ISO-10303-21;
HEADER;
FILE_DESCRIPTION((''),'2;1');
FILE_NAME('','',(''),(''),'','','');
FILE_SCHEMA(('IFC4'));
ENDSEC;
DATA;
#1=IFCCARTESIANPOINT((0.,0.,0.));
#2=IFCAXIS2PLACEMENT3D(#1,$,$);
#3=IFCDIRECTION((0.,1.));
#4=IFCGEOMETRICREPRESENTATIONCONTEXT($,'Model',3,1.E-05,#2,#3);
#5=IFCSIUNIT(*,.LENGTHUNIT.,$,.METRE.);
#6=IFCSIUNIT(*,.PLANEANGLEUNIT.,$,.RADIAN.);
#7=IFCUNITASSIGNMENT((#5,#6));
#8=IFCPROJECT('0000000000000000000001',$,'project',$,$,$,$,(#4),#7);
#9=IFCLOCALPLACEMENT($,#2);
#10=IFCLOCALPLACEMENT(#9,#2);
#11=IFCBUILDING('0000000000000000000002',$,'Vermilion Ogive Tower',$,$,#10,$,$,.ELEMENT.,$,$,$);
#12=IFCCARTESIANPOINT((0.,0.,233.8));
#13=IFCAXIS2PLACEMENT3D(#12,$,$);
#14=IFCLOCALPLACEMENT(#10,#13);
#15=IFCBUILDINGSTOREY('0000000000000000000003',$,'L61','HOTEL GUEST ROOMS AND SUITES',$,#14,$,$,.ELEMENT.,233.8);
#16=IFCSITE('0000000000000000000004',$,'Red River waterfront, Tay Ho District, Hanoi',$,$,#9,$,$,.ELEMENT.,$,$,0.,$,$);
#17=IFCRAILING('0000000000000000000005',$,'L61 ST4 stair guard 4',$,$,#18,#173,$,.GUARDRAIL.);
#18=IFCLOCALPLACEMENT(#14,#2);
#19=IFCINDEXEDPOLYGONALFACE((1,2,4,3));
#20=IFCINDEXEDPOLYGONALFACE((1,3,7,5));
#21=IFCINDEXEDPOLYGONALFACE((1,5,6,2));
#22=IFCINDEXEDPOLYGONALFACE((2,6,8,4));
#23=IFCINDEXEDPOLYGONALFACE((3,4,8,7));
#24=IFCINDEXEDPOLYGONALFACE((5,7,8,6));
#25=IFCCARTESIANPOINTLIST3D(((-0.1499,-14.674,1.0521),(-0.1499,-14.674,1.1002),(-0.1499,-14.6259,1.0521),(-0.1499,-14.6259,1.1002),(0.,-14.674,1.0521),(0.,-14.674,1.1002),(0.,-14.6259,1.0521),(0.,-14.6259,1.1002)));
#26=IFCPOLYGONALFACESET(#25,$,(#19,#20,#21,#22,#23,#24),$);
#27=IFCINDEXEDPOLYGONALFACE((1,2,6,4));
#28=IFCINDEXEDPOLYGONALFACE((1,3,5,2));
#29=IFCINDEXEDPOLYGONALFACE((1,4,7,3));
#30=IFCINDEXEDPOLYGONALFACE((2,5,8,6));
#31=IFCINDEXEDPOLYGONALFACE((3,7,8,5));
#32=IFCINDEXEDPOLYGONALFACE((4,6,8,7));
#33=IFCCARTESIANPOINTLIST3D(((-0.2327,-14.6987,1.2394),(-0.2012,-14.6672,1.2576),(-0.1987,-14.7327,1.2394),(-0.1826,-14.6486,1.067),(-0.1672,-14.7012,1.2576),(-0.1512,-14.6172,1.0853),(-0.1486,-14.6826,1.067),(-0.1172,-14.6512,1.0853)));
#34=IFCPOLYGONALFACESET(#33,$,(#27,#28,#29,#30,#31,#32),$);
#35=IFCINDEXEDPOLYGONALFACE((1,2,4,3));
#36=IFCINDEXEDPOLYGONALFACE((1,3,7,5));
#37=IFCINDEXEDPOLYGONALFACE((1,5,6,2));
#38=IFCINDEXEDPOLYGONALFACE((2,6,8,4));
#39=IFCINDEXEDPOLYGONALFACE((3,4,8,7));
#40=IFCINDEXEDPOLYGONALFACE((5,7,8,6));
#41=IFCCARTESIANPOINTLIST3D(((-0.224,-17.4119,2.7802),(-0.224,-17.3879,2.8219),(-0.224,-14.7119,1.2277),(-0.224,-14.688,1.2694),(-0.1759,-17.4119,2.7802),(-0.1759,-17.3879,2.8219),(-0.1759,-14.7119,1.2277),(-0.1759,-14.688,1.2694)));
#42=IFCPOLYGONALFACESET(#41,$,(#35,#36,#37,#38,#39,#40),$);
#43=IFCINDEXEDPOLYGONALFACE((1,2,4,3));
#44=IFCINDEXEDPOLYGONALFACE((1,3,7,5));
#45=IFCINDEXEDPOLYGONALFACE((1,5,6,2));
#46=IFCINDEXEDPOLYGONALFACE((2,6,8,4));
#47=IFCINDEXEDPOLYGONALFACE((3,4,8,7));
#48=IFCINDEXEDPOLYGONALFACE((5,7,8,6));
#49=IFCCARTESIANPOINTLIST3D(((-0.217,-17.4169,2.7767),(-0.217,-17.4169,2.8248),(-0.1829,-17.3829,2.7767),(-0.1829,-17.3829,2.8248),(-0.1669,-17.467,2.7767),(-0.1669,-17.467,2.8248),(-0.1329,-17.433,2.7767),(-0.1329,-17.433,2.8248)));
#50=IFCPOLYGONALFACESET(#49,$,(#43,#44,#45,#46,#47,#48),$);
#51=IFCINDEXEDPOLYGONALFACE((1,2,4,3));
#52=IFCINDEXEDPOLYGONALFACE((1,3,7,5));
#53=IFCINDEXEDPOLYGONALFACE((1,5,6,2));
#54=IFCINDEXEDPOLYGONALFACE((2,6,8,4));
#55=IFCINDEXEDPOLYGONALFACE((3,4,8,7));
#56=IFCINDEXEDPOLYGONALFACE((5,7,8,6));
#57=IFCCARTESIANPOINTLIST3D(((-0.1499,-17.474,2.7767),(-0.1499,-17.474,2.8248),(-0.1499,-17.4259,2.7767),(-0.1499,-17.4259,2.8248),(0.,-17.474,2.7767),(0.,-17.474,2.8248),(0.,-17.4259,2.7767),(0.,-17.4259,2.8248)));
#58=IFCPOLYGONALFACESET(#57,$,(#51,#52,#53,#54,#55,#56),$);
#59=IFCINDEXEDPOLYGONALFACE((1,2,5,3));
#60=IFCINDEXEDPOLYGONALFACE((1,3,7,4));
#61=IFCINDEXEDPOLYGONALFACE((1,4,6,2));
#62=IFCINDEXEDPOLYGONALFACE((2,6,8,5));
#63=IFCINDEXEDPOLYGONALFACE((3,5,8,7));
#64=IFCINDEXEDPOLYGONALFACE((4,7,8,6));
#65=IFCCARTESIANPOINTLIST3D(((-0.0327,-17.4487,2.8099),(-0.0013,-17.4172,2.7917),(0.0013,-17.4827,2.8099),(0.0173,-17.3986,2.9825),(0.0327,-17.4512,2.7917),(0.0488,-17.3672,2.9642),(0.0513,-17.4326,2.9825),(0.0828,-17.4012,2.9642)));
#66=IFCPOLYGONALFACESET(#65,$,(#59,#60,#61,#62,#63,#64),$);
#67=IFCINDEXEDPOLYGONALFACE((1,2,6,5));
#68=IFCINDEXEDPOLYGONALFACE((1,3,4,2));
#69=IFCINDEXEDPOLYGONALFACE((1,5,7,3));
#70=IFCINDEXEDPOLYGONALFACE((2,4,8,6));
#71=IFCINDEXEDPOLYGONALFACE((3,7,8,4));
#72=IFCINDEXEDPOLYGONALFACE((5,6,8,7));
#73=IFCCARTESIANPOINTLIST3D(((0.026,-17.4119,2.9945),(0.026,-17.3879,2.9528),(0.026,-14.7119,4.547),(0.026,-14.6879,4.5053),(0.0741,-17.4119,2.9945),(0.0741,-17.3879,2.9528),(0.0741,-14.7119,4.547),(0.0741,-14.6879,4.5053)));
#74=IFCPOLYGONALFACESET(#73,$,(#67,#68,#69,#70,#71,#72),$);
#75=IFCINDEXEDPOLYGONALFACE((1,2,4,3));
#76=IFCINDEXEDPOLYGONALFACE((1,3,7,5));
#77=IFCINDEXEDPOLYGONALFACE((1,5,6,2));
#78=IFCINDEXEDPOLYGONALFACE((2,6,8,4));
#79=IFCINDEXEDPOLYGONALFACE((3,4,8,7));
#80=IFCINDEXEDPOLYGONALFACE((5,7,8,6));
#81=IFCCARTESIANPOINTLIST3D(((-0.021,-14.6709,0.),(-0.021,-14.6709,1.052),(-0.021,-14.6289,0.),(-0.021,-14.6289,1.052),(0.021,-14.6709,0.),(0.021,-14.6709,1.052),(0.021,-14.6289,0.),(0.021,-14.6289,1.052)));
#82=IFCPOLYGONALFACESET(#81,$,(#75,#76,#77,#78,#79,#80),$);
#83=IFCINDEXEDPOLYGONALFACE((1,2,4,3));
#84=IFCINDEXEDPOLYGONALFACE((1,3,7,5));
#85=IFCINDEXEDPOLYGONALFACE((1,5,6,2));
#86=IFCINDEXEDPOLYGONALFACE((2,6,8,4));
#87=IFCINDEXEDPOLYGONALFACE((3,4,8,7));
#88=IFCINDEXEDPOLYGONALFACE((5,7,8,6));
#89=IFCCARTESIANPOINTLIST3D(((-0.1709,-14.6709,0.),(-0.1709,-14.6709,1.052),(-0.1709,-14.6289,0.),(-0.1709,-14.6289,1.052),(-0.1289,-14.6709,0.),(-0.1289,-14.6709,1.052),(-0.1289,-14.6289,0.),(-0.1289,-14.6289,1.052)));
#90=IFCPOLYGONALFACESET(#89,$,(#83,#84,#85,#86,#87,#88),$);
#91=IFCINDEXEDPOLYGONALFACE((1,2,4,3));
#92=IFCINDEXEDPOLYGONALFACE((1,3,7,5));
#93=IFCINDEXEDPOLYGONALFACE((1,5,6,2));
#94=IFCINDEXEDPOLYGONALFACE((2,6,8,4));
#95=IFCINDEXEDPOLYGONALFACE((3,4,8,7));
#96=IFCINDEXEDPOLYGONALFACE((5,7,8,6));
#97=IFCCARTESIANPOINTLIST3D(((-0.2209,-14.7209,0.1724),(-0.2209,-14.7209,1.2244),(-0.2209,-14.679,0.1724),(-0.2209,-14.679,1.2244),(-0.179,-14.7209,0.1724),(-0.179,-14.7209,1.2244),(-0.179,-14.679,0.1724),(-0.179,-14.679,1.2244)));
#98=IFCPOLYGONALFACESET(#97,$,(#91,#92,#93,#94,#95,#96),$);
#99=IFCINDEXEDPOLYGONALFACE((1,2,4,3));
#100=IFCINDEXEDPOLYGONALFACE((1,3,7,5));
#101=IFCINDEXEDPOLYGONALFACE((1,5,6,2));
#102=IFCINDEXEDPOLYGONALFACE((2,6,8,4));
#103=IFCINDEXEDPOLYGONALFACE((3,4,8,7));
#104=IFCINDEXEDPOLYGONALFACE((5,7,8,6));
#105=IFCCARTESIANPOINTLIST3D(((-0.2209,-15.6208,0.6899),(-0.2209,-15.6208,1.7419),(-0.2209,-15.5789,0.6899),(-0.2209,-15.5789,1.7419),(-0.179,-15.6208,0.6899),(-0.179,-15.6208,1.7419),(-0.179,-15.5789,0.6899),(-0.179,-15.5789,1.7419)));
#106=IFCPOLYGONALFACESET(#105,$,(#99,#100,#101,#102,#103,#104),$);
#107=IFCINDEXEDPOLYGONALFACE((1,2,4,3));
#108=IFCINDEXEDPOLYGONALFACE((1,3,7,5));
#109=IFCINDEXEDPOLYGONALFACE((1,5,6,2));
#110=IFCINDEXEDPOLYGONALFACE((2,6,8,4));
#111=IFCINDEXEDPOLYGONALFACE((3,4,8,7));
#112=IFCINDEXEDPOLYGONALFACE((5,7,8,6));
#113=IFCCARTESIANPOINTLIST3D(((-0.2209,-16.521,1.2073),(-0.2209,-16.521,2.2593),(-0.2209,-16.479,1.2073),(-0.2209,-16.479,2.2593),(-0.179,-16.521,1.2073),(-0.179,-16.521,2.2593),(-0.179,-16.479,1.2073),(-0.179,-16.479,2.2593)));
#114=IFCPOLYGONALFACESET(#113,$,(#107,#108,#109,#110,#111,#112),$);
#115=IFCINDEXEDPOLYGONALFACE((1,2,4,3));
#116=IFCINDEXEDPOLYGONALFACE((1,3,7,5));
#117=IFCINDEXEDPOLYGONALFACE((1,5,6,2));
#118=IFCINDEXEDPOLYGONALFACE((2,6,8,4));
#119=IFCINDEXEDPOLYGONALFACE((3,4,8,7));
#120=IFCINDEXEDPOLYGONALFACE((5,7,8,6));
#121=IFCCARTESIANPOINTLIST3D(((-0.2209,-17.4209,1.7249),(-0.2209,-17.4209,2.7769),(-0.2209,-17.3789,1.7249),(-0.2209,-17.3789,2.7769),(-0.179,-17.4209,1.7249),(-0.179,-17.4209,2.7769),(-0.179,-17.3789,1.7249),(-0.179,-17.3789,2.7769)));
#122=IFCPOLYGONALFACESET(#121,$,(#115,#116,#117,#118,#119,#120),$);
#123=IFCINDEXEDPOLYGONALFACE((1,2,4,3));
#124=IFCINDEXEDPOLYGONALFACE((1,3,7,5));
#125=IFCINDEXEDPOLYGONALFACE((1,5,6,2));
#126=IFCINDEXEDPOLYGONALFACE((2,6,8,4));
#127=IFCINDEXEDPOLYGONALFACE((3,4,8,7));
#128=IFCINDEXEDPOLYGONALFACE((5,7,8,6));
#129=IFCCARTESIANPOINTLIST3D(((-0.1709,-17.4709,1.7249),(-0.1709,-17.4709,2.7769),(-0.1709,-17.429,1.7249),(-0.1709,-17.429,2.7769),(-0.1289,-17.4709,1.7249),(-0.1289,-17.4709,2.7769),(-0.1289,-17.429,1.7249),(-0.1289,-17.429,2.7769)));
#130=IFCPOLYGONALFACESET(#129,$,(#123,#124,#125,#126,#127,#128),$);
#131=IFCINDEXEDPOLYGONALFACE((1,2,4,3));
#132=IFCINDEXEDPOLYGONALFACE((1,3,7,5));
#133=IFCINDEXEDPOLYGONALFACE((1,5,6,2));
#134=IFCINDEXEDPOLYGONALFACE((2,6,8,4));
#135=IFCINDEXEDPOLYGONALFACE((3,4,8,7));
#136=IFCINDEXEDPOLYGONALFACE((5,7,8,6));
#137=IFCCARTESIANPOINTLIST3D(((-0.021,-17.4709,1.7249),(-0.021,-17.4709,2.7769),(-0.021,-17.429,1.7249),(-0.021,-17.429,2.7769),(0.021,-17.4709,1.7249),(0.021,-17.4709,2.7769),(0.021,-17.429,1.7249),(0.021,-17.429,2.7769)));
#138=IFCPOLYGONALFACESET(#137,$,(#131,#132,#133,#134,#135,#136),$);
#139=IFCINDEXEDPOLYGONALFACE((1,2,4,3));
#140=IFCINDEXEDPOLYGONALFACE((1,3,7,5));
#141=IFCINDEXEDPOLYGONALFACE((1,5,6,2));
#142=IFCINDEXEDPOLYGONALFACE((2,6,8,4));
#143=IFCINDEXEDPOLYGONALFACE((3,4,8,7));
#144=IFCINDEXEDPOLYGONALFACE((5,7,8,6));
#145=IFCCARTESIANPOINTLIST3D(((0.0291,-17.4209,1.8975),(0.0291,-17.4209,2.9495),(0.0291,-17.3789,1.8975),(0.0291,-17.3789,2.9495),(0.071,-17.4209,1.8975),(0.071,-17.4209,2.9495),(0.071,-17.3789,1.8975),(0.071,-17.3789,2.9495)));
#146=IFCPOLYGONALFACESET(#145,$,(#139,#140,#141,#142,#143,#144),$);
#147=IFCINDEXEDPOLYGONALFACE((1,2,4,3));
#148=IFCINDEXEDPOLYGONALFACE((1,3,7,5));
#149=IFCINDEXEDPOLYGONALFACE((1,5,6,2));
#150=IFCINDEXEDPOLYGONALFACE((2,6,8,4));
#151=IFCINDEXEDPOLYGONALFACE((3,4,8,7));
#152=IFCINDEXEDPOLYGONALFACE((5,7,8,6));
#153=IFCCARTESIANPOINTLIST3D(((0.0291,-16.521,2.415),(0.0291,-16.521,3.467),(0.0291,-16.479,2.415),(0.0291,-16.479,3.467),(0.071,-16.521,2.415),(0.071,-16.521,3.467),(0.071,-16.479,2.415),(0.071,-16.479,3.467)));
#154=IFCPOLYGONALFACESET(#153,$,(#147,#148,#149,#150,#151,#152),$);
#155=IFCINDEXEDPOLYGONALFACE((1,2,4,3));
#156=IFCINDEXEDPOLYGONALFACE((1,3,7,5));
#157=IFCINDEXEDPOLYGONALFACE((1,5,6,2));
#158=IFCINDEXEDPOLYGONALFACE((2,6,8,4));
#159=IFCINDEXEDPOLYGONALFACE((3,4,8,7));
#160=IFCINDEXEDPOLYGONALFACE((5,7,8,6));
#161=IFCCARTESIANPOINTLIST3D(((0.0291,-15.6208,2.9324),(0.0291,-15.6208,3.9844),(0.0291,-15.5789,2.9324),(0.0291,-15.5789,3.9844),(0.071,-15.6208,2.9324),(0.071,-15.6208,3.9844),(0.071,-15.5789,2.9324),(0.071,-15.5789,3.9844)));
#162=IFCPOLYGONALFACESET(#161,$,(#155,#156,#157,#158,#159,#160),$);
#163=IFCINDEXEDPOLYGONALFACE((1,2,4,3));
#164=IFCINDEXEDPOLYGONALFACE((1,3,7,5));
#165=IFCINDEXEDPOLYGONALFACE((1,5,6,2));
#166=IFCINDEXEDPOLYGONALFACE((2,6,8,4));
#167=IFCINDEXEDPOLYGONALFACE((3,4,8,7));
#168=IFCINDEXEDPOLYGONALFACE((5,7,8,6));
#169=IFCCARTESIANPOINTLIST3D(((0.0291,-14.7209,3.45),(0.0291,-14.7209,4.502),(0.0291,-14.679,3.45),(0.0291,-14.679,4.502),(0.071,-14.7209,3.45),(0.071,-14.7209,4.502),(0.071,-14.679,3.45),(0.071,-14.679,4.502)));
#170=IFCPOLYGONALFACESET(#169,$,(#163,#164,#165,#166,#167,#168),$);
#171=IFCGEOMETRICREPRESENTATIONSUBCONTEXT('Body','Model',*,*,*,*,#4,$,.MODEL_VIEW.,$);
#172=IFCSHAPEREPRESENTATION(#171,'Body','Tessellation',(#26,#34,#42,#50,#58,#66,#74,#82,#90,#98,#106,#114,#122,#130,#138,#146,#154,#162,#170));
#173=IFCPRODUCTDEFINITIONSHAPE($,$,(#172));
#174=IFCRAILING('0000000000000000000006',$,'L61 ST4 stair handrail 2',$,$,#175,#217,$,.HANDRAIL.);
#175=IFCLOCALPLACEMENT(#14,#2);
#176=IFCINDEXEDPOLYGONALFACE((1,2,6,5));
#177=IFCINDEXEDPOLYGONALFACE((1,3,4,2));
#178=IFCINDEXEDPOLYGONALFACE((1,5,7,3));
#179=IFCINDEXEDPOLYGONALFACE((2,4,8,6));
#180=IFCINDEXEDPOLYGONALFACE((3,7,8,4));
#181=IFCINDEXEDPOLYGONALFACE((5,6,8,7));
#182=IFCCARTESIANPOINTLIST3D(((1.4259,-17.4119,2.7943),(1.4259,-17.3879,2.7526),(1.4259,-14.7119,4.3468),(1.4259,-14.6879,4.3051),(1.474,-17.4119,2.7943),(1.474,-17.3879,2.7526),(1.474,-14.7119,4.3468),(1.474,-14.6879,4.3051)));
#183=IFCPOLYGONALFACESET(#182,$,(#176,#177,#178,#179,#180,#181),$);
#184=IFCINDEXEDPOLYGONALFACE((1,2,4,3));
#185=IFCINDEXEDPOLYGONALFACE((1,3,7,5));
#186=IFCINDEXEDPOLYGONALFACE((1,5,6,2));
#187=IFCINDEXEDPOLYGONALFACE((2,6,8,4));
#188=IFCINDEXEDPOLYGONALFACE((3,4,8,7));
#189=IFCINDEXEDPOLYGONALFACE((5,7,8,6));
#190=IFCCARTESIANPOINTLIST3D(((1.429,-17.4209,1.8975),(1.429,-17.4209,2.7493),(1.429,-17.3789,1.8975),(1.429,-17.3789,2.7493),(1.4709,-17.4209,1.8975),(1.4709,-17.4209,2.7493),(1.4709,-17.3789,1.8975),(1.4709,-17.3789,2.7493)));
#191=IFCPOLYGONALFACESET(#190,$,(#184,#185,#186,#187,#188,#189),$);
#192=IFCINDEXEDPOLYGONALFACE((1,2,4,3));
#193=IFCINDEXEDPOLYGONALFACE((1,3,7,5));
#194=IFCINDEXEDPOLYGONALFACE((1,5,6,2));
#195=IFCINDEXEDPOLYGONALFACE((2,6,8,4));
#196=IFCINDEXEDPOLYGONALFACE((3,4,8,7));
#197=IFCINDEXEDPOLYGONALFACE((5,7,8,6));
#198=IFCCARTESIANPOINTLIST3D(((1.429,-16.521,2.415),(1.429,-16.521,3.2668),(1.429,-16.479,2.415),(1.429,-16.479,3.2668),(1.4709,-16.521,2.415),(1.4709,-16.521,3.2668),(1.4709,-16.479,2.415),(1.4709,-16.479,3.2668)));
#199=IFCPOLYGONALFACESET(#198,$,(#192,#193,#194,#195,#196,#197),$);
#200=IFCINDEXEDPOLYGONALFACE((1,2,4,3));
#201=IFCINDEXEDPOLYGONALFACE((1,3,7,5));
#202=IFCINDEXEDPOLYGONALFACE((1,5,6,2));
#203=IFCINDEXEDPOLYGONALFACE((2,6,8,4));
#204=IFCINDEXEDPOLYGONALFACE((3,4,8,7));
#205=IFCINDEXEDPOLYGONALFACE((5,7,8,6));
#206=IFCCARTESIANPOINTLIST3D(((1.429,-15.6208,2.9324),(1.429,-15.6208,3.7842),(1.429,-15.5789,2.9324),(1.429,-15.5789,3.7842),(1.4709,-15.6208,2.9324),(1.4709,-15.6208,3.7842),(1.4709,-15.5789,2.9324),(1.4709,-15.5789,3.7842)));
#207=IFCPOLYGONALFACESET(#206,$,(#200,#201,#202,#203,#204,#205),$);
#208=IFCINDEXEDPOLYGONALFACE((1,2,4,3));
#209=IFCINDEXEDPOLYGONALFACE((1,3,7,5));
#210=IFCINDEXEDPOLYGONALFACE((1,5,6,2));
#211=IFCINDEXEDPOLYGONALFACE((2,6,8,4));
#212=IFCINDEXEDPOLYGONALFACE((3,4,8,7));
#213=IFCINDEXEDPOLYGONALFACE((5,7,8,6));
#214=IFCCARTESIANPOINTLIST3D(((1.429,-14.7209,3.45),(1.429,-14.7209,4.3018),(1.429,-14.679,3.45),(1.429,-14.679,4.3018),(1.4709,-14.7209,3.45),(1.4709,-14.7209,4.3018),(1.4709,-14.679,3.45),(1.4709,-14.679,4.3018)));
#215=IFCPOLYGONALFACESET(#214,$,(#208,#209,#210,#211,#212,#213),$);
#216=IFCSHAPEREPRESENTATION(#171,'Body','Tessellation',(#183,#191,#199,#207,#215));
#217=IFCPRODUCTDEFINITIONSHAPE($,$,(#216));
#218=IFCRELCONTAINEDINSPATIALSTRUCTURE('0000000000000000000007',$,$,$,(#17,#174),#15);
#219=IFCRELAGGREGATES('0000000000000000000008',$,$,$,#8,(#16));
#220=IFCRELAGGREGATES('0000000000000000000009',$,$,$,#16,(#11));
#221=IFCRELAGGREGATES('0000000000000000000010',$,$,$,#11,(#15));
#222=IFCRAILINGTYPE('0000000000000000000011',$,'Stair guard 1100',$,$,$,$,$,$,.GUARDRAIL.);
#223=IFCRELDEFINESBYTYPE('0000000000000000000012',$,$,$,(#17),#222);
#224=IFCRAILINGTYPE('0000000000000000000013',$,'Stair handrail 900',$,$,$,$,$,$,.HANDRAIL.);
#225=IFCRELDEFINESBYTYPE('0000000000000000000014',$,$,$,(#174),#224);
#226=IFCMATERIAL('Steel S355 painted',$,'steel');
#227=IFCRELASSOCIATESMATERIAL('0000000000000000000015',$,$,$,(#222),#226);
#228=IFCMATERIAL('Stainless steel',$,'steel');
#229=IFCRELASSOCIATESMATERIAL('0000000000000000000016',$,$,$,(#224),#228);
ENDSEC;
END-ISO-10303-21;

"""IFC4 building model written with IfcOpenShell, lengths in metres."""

from ifc_helpers import new_model, si_unit, direction, frame, origin, origin_2d, place, context, subcontext, project, spatial, rectangle, extrude, material, type_object, element, save


model = new_model("IFC4")

# Units and contexts
model_context = context("Model", 3, precision=1e-05, world=origin(), true_north=direction((0.0, 1.0)))
body_context = subcontext(model_context, "Body", "Model", "MODEL_VIEW")
ifc_project = project(units=[si_unit("LENGTHUNIT", "METRE"), si_unit("PLANEANGLEUNIT", "RADIAN")], contexts=[model_context])

# Site, building, storey
site_placement = place(None, origin())
site = spatial("IfcSite", under=ifc_project, at=site_placement, Name="Red River waterfront, Tay Ho District, Hanoi", CompositionType="ELEMENT", RefElevation=0.0)
building_placement = place(site_placement, origin())
building = spatial("IfcBuilding", under=site, at=building_placement, Name="Vermilion Ogive Tower", CompositionType="ELEMENT")
storey_placement = place(building_placement, frame((0.0, 0.0, 233.8)))
storey = spatial("IfcBuildingStorey", under=building, at=storey_placement, Name="L61", Description="HOTEL GUEST ROOMS AND SUITES", CompositionType="ELEMENT", Elevation=233.8)

# Railings
ifc_material_1 = material(Name="Steel S355 painted", Category="steel")
railing_type_1 = type_object("IfcRailingType", Name="Stair guard 1100", PredefinedType="GUARDRAIL", material=ifc_material_1)
railing_1_placement = place(storey_placement, frame((0.0, -14.6499, 0.0)))
element("IfcRailing", 1, at=railing_1_placement, inside=storey, type_object=railing_type_1, Name="L61 ST4 stair guard 4", PredefinedType="GUARDRAIL", context=body_context, shape_type="SweptSolid", body=[
    extrude(rectangle(XDim=0.0481, YDim=0.0481, at=origin_2d()), frame((0.0, 0.0, 1.0762), z_axis=(-1.0, 0.0, 0.0), x_axis=(0.0, -1.0, 0.0)), (0.0, 0.0, 1.0), 0.1499),
    extrude(rectangle(XDim=0.0481, YDim=0.0481, at=origin_2d()), frame((-0.1499, 0.0, 1.0762), z_axis=(-0.268603, -0.268603, 0.925043), x_axis=(0.707107, -0.707107, 0.0)), (0.0, 0.0, 1.0), 0.1863),
    extrude(rectangle(XDim=0.0481, YDim=0.0481, at=origin_2d()), frame((-0.2, -0.05, 1.2485), z_axis=(0.0, -0.866904, 0.498476), x_axis=(1.0, 0.0, 0.0)), (0.0, 0.0, 1.0), 3.1145),
    extrude(rectangle(XDim=0.0481, YDim=0.0481, at=origin_2d()), frame((-0.2, -2.75, 2.8008), z_axis=(0.707107, -0.707107, 0.0), x_axis=(0.707107, 0.707107, 0.0)), (0.0, 0.0, 1.0), 0.0708),
    extrude(rectangle(XDim=0.0481, YDim=0.0481, at=origin_2d()), frame((-0.1499, -2.8, 2.8008), z_axis=(1.0, 0.0, 0.0), x_axis=(0.0, 1.0, 0.0)), (0.0, 0.0, 1.0), 0.1499),
    extrude(rectangle(XDim=0.0481, YDim=0.0481, at=origin_2d()), frame((0.0, -2.8, 2.8008), z_axis=(0.268278, 0.268278, 0.925232), x_axis=(-0.707107, 0.707107, 0.0)), (0.0, 0.0, 1.0), 0.1865),
    extrude(rectangle(XDim=0.0481, YDim=0.0481, at=origin_2d()), frame((0.05, -2.75, 2.9736), z_axis=(0.0, 0.866904, 0.498476), x_axis=(-1.0, 0.0, 0.0)), (0.0, 0.0, 1.0), 3.1145),
    extrude(rectangle(XDim=0.042, YDim=0.042, at=origin_2d()), origin(), (0.0, 0.0, 1.0), 1.052),
    extrude(rectangle(XDim=0.042, YDim=0.042, at=origin_2d()), frame((-0.1499, 0.0, 0.0)), (0.0, 0.0, 1.0), 1.052),
    extrude(rectangle(XDim=0.042, YDim=0.042, at=origin_2d()), frame((-0.2, -0.05, 0.1724)), (0.0, 0.0, 1.0), 1.052),
    extrude(rectangle(XDim=0.042, YDim=0.042, at=origin_2d()), frame((-0.2, -0.95, 0.6899)), (0.0, 0.0, 1.0), 1.052),
    extrude(rectangle(XDim=0.042, YDim=0.042, at=origin_2d()), frame((-0.2, -1.8501, 1.2073)), (0.0, 0.0, 1.0), 1.052),
    extrude(rectangle(XDim=0.042, YDim=0.042, at=origin_2d()), frame((-0.2, -2.75, 1.7249)), (0.0, 0.0, 1.0), 1.052),
    extrude(rectangle(XDim=0.042, YDim=0.042, at=origin_2d()), frame((-0.1499, -2.8, 1.7249)), (0.0, 0.0, 1.0), 1.052),
    extrude(rectangle(XDim=0.042, YDim=0.042, at=origin_2d()), frame((0.0, -2.8, 1.7249)), (0.0, 0.0, 1.0), 1.052),
    extrude(rectangle(XDim=0.042, YDim=0.042, at=origin_2d()), frame((0.05, -2.75, 1.8975)), (0.0, 0.0, 1.0), 1.052),
    extrude(rectangle(XDim=0.042, YDim=0.042, at=origin_2d()), frame((0.05, -1.8501, 2.415)), (0.0, 0.0, 1.0), 1.052),
    extrude(rectangle(XDim=0.042, YDim=0.042, at=origin_2d()), frame((0.05, -0.95, 2.9324)), (0.0, 0.0, 1.0), 1.052),
    extrude(rectangle(XDim=0.042, YDim=0.042, at=origin_2d()), frame((0.05, -0.05, 3.45)), (0.0, 0.0, 1.0), 1.052),
])
ifc_material_2 = material(Name="Stainless steel", Category="steel")
railing_type_2 = type_object("IfcRailingType", Name="Stair handrail 900", PredefinedType="HANDRAIL", material=ifc_material_2)
railing_2_placement = place(storey_placement, frame((1.45, -17.3999, 1.8975)))
element("IfcRailing", 2, at=railing_2_placement, inside=storey, type_object=railing_type_2, Name="L61 ST4 stair handrail 2", PredefinedType="HANDRAIL", context=body_context, shape_type="SweptSolid", body=[
    extrude(rectangle(XDim=0.0481, YDim=0.0481, at=origin_2d()), frame((0.0, 0.0, 0.876), z_axis=(0.0, 0.866904, 0.498476), x_axis=(-1.0, 0.0, 0.0)), (0.0, 0.0, 1.0), 3.1145),
    extrude(rectangle(XDim=0.042, YDim=0.042, at=origin_2d()), origin(), (0.0, 0.0, 1.0), 0.8518),
    extrude(rectangle(XDim=0.042, YDim=0.042, at=origin_2d()), frame((0.0, 0.8999, 0.5176)), (0.0, 0.0, 1.0), 0.8518),
    extrude(rectangle(XDim=0.042, YDim=0.042, at=origin_2d()), frame((0.0, 1.8, 1.0349)), (0.0, 0.0, 1.0), 0.8518),
    extrude(rectangle(XDim=0.042, YDim=0.042, at=origin_2d()), frame((0.0, 2.7, 1.5525)), (0.0, 0.0, 1.0), 0.8518),
])

save(model, "model.ifc")
